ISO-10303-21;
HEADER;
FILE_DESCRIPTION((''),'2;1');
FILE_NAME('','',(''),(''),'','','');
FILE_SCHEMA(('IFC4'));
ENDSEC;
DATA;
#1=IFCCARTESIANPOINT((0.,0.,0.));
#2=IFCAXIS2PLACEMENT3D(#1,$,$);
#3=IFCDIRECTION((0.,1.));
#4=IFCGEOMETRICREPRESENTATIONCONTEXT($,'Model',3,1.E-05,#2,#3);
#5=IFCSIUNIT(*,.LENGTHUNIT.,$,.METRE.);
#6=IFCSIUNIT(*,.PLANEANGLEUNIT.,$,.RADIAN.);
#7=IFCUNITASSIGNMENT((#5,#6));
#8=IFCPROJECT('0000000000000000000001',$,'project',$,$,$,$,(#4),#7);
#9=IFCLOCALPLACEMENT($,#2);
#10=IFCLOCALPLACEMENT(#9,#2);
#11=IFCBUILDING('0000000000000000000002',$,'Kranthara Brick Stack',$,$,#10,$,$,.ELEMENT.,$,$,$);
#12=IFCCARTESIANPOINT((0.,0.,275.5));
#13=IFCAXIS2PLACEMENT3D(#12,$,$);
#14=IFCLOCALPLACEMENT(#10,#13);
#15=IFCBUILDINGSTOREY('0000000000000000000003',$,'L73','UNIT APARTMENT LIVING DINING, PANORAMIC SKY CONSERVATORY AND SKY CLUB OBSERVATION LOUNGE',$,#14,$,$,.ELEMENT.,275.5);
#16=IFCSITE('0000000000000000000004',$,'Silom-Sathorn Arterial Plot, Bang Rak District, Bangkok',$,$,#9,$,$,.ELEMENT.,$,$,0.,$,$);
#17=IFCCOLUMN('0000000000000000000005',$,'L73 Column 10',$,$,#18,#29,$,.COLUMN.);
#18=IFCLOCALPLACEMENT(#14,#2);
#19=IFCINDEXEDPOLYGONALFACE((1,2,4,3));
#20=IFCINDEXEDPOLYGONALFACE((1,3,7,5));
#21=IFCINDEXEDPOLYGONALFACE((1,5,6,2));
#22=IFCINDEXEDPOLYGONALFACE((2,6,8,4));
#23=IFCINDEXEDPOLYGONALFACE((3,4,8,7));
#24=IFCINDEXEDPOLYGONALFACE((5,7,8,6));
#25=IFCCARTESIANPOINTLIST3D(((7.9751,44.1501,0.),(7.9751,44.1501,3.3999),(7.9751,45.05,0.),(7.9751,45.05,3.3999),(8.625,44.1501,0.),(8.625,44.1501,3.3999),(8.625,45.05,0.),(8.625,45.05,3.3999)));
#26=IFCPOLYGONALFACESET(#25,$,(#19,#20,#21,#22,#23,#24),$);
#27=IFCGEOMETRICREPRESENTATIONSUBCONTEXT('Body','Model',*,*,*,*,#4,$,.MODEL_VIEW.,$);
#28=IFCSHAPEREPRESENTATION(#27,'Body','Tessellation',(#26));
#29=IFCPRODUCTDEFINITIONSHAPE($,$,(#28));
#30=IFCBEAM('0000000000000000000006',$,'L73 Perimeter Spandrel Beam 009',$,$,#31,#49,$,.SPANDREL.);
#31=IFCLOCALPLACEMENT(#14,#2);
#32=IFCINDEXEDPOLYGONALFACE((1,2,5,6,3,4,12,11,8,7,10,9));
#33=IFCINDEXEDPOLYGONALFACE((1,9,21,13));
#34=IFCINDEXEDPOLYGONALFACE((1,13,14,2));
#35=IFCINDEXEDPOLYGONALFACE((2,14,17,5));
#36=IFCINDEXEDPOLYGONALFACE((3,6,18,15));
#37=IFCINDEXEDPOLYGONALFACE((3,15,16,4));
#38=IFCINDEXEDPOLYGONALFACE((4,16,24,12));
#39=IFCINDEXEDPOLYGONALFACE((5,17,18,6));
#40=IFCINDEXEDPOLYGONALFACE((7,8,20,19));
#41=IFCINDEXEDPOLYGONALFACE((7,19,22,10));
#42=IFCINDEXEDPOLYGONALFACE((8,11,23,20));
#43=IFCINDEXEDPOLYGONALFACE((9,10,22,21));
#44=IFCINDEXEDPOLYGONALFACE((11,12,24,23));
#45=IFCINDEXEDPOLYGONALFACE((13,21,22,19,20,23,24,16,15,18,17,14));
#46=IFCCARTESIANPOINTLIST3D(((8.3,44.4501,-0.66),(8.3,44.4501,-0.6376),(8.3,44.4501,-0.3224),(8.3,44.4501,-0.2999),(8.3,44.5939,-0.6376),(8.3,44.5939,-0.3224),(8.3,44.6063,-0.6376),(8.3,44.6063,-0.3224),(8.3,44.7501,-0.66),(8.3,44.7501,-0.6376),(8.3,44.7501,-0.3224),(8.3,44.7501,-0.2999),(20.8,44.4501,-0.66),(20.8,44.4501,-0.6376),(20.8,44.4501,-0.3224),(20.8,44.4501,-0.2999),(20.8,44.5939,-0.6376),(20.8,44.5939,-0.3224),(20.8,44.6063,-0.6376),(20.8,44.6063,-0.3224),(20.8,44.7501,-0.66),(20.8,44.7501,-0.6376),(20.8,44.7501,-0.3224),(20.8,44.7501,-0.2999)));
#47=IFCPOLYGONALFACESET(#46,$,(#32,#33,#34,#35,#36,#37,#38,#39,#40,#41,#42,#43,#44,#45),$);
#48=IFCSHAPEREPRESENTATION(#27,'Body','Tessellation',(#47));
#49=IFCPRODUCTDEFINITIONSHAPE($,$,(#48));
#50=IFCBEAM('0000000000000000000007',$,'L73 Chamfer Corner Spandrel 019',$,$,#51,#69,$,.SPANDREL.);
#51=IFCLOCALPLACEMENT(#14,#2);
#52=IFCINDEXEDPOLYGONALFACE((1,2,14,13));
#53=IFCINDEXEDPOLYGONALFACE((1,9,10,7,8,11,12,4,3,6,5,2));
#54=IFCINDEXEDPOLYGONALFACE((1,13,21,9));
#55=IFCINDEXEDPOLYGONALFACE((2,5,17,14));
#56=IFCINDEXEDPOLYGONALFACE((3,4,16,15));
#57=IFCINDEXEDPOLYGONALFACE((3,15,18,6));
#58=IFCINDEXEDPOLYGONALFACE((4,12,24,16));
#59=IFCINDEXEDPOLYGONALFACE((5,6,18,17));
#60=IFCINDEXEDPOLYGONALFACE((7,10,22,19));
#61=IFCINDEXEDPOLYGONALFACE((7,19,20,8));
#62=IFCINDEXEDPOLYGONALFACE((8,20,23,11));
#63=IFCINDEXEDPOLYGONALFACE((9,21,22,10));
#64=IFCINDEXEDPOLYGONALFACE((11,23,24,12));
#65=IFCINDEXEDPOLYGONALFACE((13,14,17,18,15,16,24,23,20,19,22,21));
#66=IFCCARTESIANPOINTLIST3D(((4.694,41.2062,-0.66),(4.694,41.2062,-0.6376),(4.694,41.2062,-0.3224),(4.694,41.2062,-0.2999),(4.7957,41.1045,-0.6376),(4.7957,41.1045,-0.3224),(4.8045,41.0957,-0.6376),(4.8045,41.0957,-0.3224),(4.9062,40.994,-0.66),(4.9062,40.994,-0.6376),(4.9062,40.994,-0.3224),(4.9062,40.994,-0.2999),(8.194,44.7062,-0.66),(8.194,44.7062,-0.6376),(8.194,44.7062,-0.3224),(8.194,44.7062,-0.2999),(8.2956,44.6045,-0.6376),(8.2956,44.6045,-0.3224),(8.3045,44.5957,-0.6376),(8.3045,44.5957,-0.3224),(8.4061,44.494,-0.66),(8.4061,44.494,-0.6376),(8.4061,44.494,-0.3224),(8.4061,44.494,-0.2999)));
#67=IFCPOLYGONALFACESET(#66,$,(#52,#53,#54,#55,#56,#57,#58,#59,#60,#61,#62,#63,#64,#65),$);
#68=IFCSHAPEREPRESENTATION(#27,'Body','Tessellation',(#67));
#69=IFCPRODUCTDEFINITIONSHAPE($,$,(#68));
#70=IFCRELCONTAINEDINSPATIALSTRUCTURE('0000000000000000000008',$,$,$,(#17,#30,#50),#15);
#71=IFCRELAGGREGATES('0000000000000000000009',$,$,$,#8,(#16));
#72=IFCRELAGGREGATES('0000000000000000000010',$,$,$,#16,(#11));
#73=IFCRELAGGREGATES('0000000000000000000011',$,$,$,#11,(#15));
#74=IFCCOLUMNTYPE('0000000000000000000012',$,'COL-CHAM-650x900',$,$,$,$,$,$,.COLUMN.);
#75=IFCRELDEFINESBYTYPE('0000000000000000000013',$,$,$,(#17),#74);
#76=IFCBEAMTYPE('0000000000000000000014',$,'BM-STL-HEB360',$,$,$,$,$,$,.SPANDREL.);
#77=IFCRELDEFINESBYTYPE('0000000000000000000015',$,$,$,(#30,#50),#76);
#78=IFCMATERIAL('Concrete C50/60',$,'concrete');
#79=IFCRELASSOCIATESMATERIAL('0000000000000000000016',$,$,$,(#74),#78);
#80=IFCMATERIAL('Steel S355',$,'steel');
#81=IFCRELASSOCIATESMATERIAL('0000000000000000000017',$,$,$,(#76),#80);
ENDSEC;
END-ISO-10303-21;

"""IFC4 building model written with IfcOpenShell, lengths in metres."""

from ifc_helpers import new_model, si_unit, direction, frame, origin, origin_2d, place, context, subcontext, project, spatial, rectangle, i_section, extrude, material, material_profile, profile_set, type_object, element, save


model = new_model("IFC4")

# Units and contexts
model_context = context("Model", 3, precision=1e-05, world=origin(), true_north=direction((0.0, 1.0)))
body_context = subcontext(model_context, "Body", "Model", "MODEL_VIEW")
ifc_project = project(units=[si_unit("LENGTHUNIT", "METRE"), si_unit("PLANEANGLEUNIT", "RADIAN")], contexts=[model_context])

# Site, building, storey
site_placement = place(None, origin())
site = spatial("IfcSite", under=ifc_project, at=site_placement, Name="Silom-Sathorn Arterial Plot, Bang Rak District, Bangkok", CompositionType="ELEMENT", RefElevation=0.0)
building_placement = place(site_placement, origin())
building = spatial("IfcBuilding", under=site, at=building_placement, Name="Kranthara Brick Stack", CompositionType="ELEMENT")
storey_placement = place(building_placement, frame((0.0, 0.0, 275.5)))
storey = spatial("IfcBuildingStorey", under=building, at=storey_placement, Name="L73", Description="UNIT APARTMENT LIVING DINING, PANORAMIC SKY CONSERVATORY AND SKY CLUB OBSERVATION LOUNGE", CompositionType="ELEMENT", Elevation=275.5)

# Column
ifc_material_1 = material(Name="Concrete C50/60", Category="concrete")
ifc_material_profile_1 = material_profile(ifc_material_1, rectangle(XDim=0.6499, YDim=0.8999, at=origin_2d()), Name="RC 650x900")
ifc_profile_set_1 = profile_set([ifc_material_profile_1], Name="Concrete C50/60")
column_type = type_object("IfcColumnType", Name="COL-CHAM-650x900", PredefinedType="COLUMN", material=ifc_profile_set_1)
column_placement = place(storey_placement, frame((8.3, 44.6001, 0.0), z_axis=(0.0, 0.0, 1.0), x_axis=(1.0, 0.0, 0.0)))
element("IfcColumn", 1, at=column_placement, inside=storey, type_object=column_type, Name="L73 Column 10", PredefinedType="COLUMN", context=body_context, shape_type="SweptSolid", body=[
    extrude(rectangle(XDim=0.6499, YDim=0.8999, at=origin_2d()), origin(), (0.0, 0.0, 1.0), 3.3999),
])

# Beams
ifc_material_2 = material(Name="Steel S355", Category="steel")
ifc_material_profile_2 = material_profile(ifc_material_2, i_section(OverallWidth=0.3, OverallDepth=0.3601, WebThickness=0.0125, FlangeThickness=0.0225, at=origin_2d()), Name="HEB 360")
ifc_profile_set_2 = profile_set([ifc_material_profile_2], Name="Steel S355")
beam_type = type_object("IfcBeamType", Name="BM-STL-HEB360", PredefinedType="SPANDREL", material=ifc_profile_set_2)
beam_1_placement = place(storey_placement, frame((8.3, 44.6001, -0.48), z_axis=(1.0, 0.0, 0.0), x_axis=(0.0, 1.0, 0.0)))
element("IfcBeam", 2, at=beam_1_placement, inside=storey, type_object=beam_type, Name="L73 Perimeter Spandrel Beam 009", PredefinedType="SPANDREL", context=body_context, shape_type="SweptSolid", body=[
    extrude(i_section(OverallWidth=0.3, OverallDepth=0.3601, WebThickness=0.0125, FlangeThickness=0.0225, at=origin_2d()), origin(), (0.0, 0.0, 1.0), 12.5),
])
beam_2_placement = place(storey_placement, frame((8.3, 44.6001, -0.48), z_axis=(-0.707107, -0.707107, 0.0), x_axis=(0.707107, -0.707107, 0.0)))
element("IfcBeam", 3, at=beam_2_placement, inside=storey, type_object=beam_type, Name="L73 Chamfer Corner Spandrel 019", PredefinedType="SPANDREL", context=body_context, shape_type="SweptSolid", body=[
    extrude(i_section(OverallWidth=0.3, OverallDepth=0.3601, WebThickness=0.0125, FlangeThickness=0.0225, at=origin_2d()), origin(), (0.0, 0.0, 1.0), 4.9497),
])

save(model, "model.ifc")
